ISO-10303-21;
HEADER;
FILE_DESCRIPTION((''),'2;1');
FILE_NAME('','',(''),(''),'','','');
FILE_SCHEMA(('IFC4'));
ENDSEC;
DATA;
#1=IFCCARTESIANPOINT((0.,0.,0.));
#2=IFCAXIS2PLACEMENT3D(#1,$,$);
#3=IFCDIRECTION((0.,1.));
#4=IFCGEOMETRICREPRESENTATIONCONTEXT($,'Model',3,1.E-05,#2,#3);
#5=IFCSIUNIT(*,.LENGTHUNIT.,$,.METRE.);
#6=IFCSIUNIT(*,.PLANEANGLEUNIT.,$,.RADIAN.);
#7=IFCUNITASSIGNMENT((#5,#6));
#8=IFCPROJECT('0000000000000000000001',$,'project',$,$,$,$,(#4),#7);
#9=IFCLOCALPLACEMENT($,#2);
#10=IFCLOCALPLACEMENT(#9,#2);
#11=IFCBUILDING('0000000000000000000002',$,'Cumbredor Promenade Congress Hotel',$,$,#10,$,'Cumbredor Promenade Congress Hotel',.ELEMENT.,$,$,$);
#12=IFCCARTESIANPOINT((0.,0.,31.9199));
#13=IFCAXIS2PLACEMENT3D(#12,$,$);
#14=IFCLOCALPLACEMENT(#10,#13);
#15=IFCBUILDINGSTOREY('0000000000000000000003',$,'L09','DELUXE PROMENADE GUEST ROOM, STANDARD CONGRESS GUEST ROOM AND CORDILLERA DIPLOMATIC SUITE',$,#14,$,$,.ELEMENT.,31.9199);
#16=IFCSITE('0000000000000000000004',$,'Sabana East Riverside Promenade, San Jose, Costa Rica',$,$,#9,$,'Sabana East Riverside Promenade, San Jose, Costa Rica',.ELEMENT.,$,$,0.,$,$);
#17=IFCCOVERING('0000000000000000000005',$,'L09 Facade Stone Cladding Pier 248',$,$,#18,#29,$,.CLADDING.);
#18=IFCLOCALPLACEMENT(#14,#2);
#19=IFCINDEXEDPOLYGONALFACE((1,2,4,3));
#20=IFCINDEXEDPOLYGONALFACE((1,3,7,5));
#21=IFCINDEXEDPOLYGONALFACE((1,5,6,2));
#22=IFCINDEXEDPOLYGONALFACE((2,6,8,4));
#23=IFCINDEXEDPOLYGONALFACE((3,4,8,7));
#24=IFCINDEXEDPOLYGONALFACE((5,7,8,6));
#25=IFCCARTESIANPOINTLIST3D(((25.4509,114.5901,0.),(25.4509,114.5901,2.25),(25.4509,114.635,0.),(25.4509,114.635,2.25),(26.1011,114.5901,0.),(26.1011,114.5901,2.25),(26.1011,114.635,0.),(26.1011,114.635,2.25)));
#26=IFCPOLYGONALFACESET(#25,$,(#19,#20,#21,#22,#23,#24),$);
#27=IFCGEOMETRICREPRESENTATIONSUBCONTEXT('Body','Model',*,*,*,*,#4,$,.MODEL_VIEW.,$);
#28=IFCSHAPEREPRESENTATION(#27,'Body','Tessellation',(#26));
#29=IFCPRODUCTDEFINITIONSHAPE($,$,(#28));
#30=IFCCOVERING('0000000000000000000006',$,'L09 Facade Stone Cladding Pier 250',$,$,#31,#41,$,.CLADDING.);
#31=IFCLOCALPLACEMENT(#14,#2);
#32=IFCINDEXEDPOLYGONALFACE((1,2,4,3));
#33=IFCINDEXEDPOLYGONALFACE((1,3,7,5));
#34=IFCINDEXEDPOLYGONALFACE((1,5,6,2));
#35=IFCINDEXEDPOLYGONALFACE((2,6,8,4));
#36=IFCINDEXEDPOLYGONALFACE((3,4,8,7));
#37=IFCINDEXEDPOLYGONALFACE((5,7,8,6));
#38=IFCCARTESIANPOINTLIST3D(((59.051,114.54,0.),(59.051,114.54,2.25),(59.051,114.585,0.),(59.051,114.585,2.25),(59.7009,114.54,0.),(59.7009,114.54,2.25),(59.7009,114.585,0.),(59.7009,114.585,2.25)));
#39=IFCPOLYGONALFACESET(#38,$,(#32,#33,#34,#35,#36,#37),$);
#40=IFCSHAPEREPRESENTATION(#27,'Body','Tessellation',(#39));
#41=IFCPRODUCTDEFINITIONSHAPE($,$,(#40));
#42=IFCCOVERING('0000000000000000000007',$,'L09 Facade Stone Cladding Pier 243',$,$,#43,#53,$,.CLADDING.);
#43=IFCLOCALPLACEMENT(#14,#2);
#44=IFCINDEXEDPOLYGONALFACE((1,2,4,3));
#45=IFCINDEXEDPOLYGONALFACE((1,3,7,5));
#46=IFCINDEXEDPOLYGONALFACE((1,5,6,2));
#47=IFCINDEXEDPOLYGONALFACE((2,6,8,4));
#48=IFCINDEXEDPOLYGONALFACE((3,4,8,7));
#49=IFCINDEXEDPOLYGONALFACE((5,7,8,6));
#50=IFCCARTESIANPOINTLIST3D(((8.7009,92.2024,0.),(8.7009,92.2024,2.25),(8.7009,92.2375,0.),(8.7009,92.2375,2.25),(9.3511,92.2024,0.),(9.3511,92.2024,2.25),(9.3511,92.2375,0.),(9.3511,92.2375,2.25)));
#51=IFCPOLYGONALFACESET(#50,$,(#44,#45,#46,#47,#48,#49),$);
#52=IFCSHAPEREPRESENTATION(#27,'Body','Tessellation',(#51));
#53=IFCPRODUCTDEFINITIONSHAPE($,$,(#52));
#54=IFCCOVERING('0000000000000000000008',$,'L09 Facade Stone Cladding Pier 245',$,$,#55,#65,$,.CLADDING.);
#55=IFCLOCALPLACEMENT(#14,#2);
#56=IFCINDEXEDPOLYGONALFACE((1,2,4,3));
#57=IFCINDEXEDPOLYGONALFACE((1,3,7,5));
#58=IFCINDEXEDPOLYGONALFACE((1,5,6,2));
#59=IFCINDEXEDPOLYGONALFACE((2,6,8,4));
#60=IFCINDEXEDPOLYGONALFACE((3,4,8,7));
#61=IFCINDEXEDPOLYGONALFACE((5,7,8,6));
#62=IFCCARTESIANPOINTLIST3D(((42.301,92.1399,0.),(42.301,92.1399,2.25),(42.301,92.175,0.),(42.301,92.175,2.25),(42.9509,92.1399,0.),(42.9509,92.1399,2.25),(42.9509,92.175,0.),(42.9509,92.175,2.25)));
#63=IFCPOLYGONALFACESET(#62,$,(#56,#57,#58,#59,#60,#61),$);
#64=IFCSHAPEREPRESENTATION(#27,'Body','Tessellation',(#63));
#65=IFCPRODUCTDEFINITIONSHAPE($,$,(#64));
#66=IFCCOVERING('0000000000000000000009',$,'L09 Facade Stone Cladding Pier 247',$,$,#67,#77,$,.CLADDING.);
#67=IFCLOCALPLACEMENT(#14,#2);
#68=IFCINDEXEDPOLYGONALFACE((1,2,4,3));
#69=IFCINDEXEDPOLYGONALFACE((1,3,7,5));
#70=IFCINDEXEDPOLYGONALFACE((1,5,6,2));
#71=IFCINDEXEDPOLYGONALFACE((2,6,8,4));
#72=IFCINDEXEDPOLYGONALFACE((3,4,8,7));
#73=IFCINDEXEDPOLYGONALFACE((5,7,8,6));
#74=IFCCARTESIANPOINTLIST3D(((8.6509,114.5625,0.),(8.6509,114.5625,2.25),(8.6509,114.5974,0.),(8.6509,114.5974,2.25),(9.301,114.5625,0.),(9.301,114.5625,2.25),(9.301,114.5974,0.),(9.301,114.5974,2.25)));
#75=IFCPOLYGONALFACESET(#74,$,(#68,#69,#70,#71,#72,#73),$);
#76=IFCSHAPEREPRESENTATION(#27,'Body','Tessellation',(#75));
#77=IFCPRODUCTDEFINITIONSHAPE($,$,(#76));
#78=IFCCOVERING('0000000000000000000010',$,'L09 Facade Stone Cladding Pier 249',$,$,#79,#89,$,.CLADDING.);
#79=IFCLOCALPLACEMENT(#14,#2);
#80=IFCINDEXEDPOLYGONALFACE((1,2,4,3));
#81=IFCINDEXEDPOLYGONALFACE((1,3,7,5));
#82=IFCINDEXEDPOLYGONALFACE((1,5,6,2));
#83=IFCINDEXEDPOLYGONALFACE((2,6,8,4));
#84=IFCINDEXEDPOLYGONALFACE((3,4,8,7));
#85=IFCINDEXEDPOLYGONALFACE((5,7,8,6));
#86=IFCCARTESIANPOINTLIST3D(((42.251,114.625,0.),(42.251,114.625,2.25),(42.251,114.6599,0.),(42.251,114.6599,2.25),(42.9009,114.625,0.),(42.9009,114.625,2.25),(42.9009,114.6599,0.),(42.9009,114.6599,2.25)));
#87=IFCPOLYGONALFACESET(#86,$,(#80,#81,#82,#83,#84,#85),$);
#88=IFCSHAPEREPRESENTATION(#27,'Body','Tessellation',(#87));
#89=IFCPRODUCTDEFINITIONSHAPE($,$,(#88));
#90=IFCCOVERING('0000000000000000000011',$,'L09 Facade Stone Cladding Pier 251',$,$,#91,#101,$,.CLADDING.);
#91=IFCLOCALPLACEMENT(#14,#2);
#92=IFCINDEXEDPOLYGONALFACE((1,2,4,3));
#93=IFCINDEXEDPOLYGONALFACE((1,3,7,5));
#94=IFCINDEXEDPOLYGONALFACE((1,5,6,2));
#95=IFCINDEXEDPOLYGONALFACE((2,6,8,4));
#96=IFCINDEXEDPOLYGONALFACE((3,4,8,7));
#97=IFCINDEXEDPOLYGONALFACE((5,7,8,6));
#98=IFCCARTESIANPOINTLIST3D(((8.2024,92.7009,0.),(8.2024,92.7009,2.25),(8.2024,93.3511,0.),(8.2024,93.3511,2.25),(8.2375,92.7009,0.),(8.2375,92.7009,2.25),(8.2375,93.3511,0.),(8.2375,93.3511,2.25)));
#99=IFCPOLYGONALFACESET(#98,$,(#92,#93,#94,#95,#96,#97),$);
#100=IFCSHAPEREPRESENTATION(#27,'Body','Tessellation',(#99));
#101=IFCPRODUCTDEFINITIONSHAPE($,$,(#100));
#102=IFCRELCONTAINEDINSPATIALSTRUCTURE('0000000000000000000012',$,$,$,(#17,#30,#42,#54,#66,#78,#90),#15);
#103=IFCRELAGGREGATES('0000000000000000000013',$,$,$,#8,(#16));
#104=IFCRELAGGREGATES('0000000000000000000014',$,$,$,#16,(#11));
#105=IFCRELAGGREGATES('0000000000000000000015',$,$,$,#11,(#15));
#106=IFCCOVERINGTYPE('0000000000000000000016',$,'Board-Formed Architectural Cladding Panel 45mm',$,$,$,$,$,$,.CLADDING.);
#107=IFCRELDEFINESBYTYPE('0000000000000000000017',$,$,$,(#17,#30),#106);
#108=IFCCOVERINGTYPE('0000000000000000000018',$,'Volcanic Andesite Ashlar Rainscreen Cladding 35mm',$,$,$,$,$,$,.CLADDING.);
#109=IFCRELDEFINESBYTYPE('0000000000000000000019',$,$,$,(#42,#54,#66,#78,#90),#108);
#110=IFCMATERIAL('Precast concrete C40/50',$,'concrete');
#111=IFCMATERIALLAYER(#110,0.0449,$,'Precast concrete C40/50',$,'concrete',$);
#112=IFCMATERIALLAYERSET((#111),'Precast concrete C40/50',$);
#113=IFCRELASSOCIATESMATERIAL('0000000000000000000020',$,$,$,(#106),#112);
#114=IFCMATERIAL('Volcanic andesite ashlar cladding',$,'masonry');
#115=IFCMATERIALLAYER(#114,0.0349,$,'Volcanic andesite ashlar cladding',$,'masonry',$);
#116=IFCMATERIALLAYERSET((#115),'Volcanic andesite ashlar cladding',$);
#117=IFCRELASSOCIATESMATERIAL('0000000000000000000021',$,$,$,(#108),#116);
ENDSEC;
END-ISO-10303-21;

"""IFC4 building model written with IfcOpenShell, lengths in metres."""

from ifc_helpers import new_model, si_unit, direction, frame, origin, place, context, subcontext, project, spatial, polyline, outline, extrude, material, layer, layer_set, type_object, element, save


model = new_model("IFC4")

# Units and contexts
model_context = context("Model", 3, precision=1e-05, world=origin(), true_north=direction((0.0, 1.0)))
body_context = subcontext(model_context, "Body", "Model", "MODEL_VIEW")
ifc_project = project(units=[si_unit("LENGTHUNIT", "METRE"), si_unit("PLANEANGLEUNIT", "RADIAN")], contexts=[model_context])

# Site, building, storey
site_placement = place(None, origin())
site = spatial("IfcSite", under=ifc_project, at=site_placement, Name="Sabana East Riverside Promenade, San Jose, Costa Rica", LongName="Sabana East Riverside Promenade, San Jose, Costa Rica", CompositionType="ELEMENT", RefElevation=0.0)
building_placement = place(site_placement, origin())
building = spatial("IfcBuilding", under=site, at=building_placement, Name="Cumbredor Promenade Congress Hotel", LongName="Cumbredor Promenade Congress Hotel", CompositionType="ELEMENT")
storey_placement = place(building_placement, frame((0.0, 0.0, 31.9199)))
storey = spatial("IfcBuildingStorey", under=building, at=storey_placement, Name="L09", Description="DELUXE PROMENADE GUEST ROOM, STANDARD CONGRESS GUEST ROOM AND CORDILLERA DIPLOMATIC SUITE", CompositionType="ELEMENT", Elevation=31.9199)

# Coverings
ifc_material_1 = material(Name="Precast concrete C40/50", Category="concrete")
ifc_layer_1 = layer(ifc_material_1, 0.0449, Name="Precast concrete C40/50", Category="concrete")
ifc_layer_set_1 = layer_set([ifc_layer_1], Name="Precast concrete C40/50")
covering_type_1 = type_object("IfcCoveringType", Name="Board-Formed Architectural Cladding Panel 45mm", PredefinedType="CLADDING", material=ifc_layer_set_1)
covering_1_placement = place(storey_placement, origin())
element("IfcCovering", 1, at=covering_1_placement, inside=storey, type_object=covering_type_1, Name="L09 Facade Stone Cladding Pier 248", PredefinedType="CLADDING", context=body_context, shape_type="SweptSolid", body=[
    extrude(outline(polyline([(25.4509, 114.5901), (26.1011, 114.5901), (26.1011, 114.635), (25.4509, 114.635), (25.4509, 114.5901)])), origin(), (0.0, 0.0, 1.0), 2.25),
])
covering_2_placement = place(storey_placement, origin())
element("IfcCovering", 2, at=covering_2_placement, inside=storey, type_object=covering_type_1, Name="L09 Facade Stone Cladding Pier 250", PredefinedType="CLADDING", context=body_context, shape_type="SweptSolid", body=[
    extrude(outline(polyline([(59.051, 114.54), (59.7009, 114.54), (59.7009, 114.585), (59.051, 114.585), (59.051, 114.54)])), origin(), (0.0, 0.0, 1.0), 2.25),
])
ifc_material_2 = material(Name="Volcanic andesite ashlar cladding", Category="masonry")
ifc_layer_2 = layer(ifc_material_2, 0.0349, Name="Volcanic andesite ashlar cladding", Category="masonry")
ifc_layer_set_2 = layer_set([ifc_layer_2], Name="Volcanic andesite ashlar cladding")
covering_type_2 = type_object("IfcCoveringType", Name="Volcanic Andesite Ashlar Rainscreen Cladding 35mm", PredefinedType="CLADDING", material=ifc_layer_set_2)
covering_3_placement = place(storey_placement, origin())
element("IfcCovering", 3, at=covering_3_placement, inside=storey, type_object=covering_type_2, Name="L09 Facade Stone Cladding Pier 243", PredefinedType="CLADDING", context=body_context, shape_type="SweptSolid", body=[
    extrude(outline(polyline([(8.7009, 92.2375), (9.3511, 92.2375), (9.3511, 92.2024), (8.7009, 92.2024), (8.7009, 92.2375)])), origin(), (0.0, 0.0, 1.0), 2.25),
])
covering_4_placement = place(storey_placement, origin())
element("IfcCovering", 4, at=covering_4_placement, inside=storey, type_object=covering_type_2, Name="L09 Facade Stone Cladding Pier 245", PredefinedType="CLADDING", context=body_context, shape_type="SweptSolid", body=[
    extrude(outline(polyline([(42.301, 92.175), (42.9509, 92.175), (42.9509, 92.1399), (42.301, 92.1399), (42.301, 92.175)])), origin(), (0.0, 0.0, 1.0), 2.25),
])
covering_5_placement = place(storey_placement, origin())
element("IfcCovering", 5, at=covering_5_placement, inside=storey, type_object=covering_type_2, Name="L09 Facade Stone Cladding Pier 247", PredefinedType="CLADDING", context=body_context, shape_type="SweptSolid", body=[
    extrude(outline(polyline([(8.6509, 114.5625), (9.301, 114.5625), (9.301, 114.5974), (8.6509, 114.5974), (8.6509, 114.5625)])), origin(), (0.0, 0.0, 1.0), 2.25),
])
covering_6_placement = place(storey_placement, origin())
element("IfcCovering", 6, at=covering_6_placement, inside=storey, type_object=covering_type_2, Name="L09 Facade Stone Cladding Pier 249", PredefinedType="CLADDING", context=body_context, shape_type="SweptSolid", body=[
    extrude(outline(polyline([(42.251, 114.625), (42.9009, 114.625), (42.9009, 114.6599), (42.251, 114.6599), (42.251, 114.625)])), origin(), (0.0, 0.0, 1.0), 2.25),
])
covering_7_placement = place(storey_placement, origin())
element("IfcCovering", 7, at=covering_7_placement, inside=storey, type_object=covering_type_2, Name="L09 Facade Stone Cladding Pier 251", PredefinedType="CLADDING", context=body_context, shape_type="SweptSolid", body=[
    extrude(outline(polyline([(8.2375, 92.7009), (8.2375, 93.3511), (8.2024, 93.3511), (8.2024, 92.7009), (8.2375, 92.7009)])), origin(), (0.0, 0.0, 1.0), 2.25),
])

save(model, "model.ifc")
